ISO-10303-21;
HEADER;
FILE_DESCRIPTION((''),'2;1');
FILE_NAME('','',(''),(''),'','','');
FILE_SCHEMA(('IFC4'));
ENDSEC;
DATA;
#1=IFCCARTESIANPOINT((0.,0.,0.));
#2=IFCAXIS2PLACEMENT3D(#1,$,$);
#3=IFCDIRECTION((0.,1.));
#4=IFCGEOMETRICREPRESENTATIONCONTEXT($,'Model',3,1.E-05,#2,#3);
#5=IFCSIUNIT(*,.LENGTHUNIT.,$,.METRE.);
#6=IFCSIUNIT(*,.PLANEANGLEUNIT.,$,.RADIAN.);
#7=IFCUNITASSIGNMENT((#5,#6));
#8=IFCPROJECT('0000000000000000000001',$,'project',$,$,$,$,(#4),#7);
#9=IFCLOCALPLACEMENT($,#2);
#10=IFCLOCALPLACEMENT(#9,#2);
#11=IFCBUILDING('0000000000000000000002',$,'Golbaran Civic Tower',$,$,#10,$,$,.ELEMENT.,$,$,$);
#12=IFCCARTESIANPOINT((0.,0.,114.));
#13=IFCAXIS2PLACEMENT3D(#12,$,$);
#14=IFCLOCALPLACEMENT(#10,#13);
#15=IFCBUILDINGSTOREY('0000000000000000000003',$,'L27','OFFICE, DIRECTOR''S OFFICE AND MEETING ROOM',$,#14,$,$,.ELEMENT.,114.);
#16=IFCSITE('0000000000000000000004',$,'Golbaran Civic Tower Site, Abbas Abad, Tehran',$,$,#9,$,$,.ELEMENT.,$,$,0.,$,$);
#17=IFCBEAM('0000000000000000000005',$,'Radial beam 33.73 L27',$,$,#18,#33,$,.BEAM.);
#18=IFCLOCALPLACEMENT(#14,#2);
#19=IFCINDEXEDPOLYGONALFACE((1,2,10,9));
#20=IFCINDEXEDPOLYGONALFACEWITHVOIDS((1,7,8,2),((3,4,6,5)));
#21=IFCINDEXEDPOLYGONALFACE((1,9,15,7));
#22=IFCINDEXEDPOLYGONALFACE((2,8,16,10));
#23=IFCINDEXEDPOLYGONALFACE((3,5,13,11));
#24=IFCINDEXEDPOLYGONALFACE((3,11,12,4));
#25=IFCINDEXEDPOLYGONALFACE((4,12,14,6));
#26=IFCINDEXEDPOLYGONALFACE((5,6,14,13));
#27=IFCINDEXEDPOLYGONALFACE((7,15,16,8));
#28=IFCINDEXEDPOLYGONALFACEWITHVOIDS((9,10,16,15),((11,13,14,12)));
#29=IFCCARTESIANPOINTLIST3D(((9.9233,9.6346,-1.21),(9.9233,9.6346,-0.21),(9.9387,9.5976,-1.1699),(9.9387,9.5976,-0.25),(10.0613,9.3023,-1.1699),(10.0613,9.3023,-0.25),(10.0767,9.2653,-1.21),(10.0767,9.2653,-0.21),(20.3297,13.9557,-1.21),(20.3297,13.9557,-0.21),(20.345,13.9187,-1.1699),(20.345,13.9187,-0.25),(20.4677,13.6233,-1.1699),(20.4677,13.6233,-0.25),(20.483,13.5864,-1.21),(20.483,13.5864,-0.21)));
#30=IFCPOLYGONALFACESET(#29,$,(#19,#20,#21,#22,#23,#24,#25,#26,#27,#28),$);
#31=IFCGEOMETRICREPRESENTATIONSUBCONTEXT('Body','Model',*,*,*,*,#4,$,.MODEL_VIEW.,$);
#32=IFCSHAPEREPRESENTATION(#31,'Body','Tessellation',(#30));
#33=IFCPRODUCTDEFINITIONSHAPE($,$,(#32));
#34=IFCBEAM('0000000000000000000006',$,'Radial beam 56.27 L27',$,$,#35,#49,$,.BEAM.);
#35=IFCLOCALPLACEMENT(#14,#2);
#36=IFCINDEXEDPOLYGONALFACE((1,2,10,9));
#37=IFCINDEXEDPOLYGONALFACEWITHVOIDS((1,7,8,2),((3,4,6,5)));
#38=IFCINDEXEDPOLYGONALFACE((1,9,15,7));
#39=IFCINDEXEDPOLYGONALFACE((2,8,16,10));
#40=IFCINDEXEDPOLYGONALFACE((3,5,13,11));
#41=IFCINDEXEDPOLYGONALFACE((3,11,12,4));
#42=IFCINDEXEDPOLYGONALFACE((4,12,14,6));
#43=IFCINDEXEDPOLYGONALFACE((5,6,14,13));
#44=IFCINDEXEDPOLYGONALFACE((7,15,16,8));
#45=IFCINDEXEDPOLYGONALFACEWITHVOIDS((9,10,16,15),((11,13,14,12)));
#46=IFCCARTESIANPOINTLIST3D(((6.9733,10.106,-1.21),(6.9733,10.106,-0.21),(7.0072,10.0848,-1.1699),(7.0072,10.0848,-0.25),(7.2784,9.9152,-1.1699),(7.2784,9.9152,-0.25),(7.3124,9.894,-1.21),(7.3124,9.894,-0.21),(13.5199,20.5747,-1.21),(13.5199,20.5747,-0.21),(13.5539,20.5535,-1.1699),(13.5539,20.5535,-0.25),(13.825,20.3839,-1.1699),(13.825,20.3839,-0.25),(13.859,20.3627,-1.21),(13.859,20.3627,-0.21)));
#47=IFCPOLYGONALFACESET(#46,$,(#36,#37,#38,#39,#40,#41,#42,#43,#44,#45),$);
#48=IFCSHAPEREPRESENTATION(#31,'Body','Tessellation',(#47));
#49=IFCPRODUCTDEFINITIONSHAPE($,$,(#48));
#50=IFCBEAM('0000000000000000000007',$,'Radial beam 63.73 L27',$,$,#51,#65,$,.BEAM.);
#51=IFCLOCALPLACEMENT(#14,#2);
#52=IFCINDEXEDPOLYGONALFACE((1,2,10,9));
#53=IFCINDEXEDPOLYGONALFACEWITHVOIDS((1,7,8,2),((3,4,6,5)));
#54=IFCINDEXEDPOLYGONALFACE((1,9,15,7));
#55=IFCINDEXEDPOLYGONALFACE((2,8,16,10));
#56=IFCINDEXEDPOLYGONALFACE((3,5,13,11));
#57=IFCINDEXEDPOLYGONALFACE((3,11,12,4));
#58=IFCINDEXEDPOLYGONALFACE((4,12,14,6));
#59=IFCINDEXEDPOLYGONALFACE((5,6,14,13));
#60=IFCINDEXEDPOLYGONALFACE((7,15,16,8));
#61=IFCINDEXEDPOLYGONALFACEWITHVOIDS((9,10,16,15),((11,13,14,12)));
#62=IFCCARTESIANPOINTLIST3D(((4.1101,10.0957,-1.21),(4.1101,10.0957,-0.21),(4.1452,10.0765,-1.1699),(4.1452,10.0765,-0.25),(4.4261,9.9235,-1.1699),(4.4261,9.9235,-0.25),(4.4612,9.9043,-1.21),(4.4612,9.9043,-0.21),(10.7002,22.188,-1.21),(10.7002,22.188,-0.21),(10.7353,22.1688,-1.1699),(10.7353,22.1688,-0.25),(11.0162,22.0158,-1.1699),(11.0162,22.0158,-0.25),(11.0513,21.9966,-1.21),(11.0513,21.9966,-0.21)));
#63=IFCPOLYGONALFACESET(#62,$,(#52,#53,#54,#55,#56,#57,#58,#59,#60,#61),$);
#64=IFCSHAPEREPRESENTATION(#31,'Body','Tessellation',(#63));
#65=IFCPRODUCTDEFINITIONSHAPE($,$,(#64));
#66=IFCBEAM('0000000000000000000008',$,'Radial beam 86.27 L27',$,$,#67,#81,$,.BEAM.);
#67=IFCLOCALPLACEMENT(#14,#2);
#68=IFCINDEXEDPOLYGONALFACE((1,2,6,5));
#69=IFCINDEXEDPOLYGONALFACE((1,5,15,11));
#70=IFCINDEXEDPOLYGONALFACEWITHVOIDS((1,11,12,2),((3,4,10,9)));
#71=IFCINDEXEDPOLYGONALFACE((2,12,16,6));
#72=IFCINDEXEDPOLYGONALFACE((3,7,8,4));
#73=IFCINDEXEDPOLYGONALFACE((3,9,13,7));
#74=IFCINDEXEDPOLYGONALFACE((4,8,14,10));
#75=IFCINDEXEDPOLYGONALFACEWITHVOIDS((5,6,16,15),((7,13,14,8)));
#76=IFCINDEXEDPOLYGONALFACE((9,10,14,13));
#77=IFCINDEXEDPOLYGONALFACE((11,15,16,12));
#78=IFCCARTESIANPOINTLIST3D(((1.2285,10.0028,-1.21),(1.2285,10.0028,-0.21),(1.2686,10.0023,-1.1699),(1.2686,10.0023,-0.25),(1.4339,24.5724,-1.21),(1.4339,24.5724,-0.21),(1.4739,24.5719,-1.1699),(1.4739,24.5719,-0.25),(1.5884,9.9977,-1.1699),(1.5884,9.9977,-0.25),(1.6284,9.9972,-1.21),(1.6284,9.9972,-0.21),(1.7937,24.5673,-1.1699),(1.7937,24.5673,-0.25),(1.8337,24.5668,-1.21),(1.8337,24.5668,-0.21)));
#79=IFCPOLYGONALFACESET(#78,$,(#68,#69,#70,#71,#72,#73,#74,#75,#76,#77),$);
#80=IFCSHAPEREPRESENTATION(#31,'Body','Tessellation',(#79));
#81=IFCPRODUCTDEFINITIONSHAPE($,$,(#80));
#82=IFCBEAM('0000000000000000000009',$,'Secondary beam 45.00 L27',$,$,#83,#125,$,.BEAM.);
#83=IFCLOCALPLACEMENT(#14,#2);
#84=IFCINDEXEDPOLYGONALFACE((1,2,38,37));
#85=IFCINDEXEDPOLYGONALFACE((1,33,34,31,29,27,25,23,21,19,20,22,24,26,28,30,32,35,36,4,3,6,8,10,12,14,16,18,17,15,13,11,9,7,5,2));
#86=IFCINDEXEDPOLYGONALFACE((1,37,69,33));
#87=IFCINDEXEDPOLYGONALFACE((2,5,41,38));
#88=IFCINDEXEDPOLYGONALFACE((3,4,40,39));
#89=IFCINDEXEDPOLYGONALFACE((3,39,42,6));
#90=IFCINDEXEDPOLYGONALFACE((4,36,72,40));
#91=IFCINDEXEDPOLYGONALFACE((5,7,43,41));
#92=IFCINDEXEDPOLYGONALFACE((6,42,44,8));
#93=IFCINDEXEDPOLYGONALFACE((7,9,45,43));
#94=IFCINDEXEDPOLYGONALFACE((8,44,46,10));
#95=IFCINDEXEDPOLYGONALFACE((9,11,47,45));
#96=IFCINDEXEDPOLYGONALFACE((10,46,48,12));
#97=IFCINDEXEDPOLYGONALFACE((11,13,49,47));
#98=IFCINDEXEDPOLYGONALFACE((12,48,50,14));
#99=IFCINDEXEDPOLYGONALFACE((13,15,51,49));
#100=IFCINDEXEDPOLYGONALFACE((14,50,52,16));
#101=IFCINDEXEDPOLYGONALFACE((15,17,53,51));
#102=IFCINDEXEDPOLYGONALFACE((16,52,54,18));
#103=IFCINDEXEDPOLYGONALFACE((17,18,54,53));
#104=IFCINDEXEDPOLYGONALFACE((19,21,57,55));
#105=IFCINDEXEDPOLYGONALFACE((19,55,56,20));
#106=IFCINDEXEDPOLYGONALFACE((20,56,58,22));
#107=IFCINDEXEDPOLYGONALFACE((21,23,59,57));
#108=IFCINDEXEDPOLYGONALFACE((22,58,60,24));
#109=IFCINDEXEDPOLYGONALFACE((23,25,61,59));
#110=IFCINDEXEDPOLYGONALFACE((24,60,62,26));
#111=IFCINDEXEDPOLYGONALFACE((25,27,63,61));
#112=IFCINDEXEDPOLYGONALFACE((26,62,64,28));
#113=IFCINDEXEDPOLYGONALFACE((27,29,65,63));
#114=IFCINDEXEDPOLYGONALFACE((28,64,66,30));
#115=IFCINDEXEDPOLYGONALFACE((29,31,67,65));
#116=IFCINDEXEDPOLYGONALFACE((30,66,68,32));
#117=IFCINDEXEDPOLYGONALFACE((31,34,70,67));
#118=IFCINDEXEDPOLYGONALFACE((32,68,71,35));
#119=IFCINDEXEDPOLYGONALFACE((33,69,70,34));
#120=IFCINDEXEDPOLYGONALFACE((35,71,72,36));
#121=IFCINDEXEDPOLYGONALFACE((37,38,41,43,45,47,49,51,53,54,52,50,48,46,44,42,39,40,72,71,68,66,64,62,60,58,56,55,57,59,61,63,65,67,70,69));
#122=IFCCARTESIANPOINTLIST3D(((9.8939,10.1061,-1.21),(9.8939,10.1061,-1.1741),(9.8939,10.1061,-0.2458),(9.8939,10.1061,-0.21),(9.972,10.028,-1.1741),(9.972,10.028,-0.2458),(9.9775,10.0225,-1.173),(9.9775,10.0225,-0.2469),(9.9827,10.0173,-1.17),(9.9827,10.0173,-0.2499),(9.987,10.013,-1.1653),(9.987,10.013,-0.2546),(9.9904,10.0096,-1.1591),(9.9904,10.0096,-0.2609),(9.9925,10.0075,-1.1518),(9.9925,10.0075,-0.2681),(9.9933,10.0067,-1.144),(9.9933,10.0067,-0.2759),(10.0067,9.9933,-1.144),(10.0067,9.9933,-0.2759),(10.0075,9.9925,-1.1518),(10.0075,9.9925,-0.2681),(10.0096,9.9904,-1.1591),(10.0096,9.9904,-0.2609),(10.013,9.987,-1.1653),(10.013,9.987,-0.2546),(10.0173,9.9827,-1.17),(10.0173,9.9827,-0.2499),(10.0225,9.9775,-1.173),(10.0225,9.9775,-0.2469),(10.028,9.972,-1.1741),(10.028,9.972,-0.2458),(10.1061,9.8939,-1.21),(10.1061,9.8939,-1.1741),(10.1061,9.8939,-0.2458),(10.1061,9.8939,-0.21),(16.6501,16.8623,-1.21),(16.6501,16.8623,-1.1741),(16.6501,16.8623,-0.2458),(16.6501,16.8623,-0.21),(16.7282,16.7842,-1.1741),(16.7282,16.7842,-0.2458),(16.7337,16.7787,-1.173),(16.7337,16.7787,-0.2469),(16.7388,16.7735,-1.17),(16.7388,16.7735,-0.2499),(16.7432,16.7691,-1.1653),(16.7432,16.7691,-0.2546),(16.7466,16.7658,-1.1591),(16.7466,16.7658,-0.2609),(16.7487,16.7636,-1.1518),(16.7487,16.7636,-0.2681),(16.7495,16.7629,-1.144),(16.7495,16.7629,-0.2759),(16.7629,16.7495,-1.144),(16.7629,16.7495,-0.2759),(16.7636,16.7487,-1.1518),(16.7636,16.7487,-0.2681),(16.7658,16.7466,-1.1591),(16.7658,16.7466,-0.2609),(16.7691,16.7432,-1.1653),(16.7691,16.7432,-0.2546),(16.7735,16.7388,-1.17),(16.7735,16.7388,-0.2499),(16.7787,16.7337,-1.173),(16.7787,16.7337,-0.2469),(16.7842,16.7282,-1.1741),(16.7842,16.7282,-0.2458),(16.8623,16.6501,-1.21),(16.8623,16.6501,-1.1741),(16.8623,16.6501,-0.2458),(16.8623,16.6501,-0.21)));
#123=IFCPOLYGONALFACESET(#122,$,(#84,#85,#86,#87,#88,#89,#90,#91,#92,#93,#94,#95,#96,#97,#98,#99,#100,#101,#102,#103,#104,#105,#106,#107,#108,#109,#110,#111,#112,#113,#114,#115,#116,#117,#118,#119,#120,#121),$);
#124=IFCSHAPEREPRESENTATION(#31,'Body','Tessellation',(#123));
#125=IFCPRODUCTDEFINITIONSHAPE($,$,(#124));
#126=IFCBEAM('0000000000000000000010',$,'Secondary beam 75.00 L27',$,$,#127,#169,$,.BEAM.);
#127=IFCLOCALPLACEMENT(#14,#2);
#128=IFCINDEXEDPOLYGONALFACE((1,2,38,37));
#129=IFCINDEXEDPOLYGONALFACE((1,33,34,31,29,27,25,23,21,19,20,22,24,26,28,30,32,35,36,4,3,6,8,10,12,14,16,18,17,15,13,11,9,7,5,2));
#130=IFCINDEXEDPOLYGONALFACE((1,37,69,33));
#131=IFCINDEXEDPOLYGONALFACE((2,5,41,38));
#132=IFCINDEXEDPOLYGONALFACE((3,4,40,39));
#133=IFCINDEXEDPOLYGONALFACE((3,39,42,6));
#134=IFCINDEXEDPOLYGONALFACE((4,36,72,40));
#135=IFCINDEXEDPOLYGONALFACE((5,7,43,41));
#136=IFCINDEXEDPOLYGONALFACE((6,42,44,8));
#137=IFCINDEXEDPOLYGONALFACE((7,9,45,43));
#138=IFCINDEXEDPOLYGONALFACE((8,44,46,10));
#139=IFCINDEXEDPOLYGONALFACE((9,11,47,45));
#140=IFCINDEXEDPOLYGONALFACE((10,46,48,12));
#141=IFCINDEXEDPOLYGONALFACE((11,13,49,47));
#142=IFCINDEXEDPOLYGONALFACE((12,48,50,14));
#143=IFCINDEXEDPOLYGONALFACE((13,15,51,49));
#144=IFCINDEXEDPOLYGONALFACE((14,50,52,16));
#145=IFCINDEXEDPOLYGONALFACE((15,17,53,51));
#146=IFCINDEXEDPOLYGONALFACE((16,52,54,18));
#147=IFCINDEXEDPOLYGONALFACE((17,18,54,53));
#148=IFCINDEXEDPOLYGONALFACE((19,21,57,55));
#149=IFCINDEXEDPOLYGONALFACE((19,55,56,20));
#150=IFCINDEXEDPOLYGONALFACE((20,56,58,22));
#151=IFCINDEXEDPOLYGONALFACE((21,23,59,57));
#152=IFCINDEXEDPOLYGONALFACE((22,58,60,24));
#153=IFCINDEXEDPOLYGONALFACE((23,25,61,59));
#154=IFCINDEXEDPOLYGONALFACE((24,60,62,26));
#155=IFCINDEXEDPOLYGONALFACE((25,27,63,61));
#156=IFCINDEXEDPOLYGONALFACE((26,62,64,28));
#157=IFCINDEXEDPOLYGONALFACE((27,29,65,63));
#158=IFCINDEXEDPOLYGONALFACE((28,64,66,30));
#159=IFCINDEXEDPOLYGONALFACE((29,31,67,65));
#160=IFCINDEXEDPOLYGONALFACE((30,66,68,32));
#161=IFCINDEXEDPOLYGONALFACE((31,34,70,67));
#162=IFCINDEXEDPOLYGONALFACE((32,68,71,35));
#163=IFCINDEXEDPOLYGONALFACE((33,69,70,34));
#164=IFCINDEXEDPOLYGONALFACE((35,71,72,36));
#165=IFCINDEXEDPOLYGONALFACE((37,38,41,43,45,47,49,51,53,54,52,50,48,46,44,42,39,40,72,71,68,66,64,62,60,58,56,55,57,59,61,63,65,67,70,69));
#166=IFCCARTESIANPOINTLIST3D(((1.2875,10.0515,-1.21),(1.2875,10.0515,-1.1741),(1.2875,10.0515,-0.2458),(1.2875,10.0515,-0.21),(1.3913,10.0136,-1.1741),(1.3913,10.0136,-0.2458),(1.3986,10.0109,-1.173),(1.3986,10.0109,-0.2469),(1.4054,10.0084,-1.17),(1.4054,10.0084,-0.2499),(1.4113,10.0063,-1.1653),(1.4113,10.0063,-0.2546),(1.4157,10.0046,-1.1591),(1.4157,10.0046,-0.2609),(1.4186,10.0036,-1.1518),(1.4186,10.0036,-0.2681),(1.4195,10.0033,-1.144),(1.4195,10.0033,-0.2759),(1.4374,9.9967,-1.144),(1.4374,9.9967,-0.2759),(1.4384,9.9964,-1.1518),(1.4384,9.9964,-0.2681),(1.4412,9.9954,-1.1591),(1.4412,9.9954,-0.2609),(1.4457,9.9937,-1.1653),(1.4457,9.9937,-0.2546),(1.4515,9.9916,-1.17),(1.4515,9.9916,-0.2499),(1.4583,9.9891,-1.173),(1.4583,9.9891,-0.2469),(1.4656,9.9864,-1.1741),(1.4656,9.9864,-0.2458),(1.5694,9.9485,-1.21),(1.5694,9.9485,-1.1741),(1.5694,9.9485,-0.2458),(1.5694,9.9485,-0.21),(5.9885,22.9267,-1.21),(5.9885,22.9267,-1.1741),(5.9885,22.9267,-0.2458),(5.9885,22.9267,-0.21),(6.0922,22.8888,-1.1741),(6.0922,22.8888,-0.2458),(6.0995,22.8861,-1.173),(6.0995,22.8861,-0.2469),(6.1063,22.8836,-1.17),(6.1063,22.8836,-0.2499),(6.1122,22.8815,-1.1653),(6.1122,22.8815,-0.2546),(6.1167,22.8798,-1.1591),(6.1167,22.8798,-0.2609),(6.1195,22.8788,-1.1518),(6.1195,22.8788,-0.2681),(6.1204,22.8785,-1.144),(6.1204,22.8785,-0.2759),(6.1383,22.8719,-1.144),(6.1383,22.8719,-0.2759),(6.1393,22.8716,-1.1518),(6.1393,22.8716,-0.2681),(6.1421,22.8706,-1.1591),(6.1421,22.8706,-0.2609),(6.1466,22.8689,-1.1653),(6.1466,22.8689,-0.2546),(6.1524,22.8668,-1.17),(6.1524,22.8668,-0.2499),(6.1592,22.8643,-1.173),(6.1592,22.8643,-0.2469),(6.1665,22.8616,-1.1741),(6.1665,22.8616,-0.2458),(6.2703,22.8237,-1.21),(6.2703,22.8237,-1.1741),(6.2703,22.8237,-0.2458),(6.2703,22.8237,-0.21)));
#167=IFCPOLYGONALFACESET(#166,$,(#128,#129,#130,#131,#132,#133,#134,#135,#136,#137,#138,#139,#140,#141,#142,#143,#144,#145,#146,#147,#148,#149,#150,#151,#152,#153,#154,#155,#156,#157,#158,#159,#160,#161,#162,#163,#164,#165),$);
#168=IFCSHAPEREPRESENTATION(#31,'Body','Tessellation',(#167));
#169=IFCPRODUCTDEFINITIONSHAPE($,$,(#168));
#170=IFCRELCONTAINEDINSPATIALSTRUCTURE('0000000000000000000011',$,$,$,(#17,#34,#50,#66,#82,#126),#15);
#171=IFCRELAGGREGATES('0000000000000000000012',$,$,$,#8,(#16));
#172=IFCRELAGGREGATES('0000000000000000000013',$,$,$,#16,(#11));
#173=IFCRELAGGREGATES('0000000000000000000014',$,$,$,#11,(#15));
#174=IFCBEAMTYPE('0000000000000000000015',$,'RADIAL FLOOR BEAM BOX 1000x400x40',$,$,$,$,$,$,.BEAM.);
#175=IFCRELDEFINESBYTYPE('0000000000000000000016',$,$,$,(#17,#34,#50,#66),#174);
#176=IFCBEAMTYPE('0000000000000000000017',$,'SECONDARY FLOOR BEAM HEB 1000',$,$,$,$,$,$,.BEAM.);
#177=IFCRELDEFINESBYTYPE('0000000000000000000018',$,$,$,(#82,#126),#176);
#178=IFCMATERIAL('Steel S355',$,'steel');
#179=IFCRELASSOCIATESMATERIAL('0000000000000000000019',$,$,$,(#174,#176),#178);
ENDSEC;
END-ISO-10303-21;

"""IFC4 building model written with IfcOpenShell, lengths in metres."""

from ifc_helpers import new_model, si_unit, direction, frame, origin, origin_2d, place, context, subcontext, project, spatial, hollow_rectangle, i_section, extrude, material, material_profile, profile_set, type_object, element, save


model = new_model("IFC4")

# Units and contexts
model_context = context("Model", 3, precision=1e-05, world=origin(), true_north=direction((0.0, 1.0)))
body_context = subcontext(model_context, "Body", "Model", "MODEL_VIEW")
ifc_project = project(units=[si_unit("LENGTHUNIT", "METRE"), si_unit("PLANEANGLEUNIT", "RADIAN")], contexts=[model_context])

# Site, building, storey
site_placement = place(None, origin())
site = spatial("IfcSite", under=ifc_project, at=site_placement, Name="Golbaran Civic Tower Site, Abbas Abad, Tehran", CompositionType="ELEMENT", RefElevation=0.0)
building_placement = place(site_placement, origin())
building = spatial("IfcBuilding", under=site, at=building_placement, Name="Golbaran Civic Tower", CompositionType="ELEMENT")
storey_placement = place(building_placement, frame((0.0, 0.0, 114.0)))
storey = spatial("IfcBuildingStorey", under=building, at=storey_placement, Name="L27", Description="OFFICE, DIRECTOR'S OFFICE AND MEETING ROOM", CompositionType="ELEMENT", Elevation=114.0)

# Beams
ifc_material_1 = material(Name="Steel S355", Category="steel")
ifc_material_profile_1 = material_profile(ifc_material_1, hollow_rectangle(XDim=0.3999, YDim=1.0, WallThickness=0.04, at=origin_2d()), Name="BOX 1000x400x40")
ifc_profile_set_1 = profile_set([ifc_material_profile_1], Name="Steel S355")
beam_type_1 = type_object("IfcBeamType", Name="RADIAL FLOOR BEAM BOX 1000x400x40", PredefinedType="BEAM", material=ifc_profile_set_1)
beam_1_placement = place(storey_placement, frame((10.0, 9.45, -0.71), z_axis=(0.923545, 0.383489, 0.0), x_axis=(-0.383489, 0.923545, 0.0)))
element("IfcBeam", 1, at=beam_1_placement, inside=storey, type_object=beam_type_1, Name="Radial beam 33.73 L27", PredefinedType="BEAM", context=body_context, shape_type="SweptSolid", body=[
    extrude(hollow_rectangle(XDim=0.3999, YDim=1.0, WallThickness=0.04, at=origin_2d()), origin(), (0.0, 0.0, 1.0), 11.2678),
])
beam_2_placement = place(storey_placement, frame((7.1428, 10.0, -0.71), z_axis=(0.530212, 0.847865, 0.0), x_axis=(-0.847865, 0.530212, 0.0)))
element("IfcBeam", 2, at=beam_2_placement, inside=storey, type_object=beam_type_1, Name="Radial beam 56.27 L27", PredefinedType="BEAM", context=body_context, shape_type="SweptSolid", body=[
    extrude(hollow_rectangle(XDim=0.3999, YDim=1.0, WallThickness=0.04, at=origin_2d()), origin(), (0.0, 0.0, 1.0), 12.3472),
])
beam_3_placement = place(storey_placement, frame((4.2856, 10.0, -0.71), z_axis=(0.478533, 0.87807, 0.0), x_axis=(-0.87807, 0.478533, 0.0)))
element("IfcBeam", 3, at=beam_3_placement, inside=storey, type_object=beam_type_1, Name="Radial beam 63.73 L27", PredefinedType="BEAM", context=body_context, shape_type="SweptSolid", body=[
    extrude(hollow_rectangle(XDim=0.3999, YDim=1.0, WallThickness=0.04, at=origin_2d()), origin(), (0.0, 0.0, 1.0), 13.7715),
])
beam_4_placement = place(storey_placement, frame((1.4285, 10.0, -0.71), z_axis=(0.014091, 0.999901, 0.0), x_axis=(-0.999901, 0.014091, 0.0)))
element("IfcBeam", 4, at=beam_4_placement, inside=storey, type_object=beam_type_1, Name="Radial beam 86.27 L27", PredefinedType="BEAM", context=body_context, shape_type="SweptSolid", body=[
    extrude(hollow_rectangle(XDim=0.3999, YDim=1.0, WallThickness=0.04, at=origin_2d()), origin(), (0.0, 0.0, 1.0), 14.571),
])
ifc_material_profile_2 = material_profile(ifc_material_1, i_section(OverallWidth=0.3, OverallDepth=1.0, WebThickness=0.019, FlangeThickness=0.0359, FilletRadius=0.03, at=origin_2d()), Name="HEB 1000")
ifc_profile_set_2 = profile_set([ifc_material_profile_2], Name="Steel S355")
beam_type_2 = type_object("IfcBeamType", Name="SECONDARY FLOOR BEAM HEB 1000", PredefinedType="BEAM", material=ifc_profile_set_2)
beam_5_placement = place(storey_placement, frame((10.0, 10.0, -0.71), z_axis=(0.707107, 0.707107, 0.0), x_axis=(-0.707107, 0.707107, 0.0)))
element("IfcBeam", 5, at=beam_5_placement, inside=storey, type_object=beam_type_2, Name="Secondary beam 45.00 L27", PredefinedType="BEAM", context=body_context, shape_type="SweptSolid", body=[
    extrude(i_section(OverallWidth=0.3, OverallDepth=1.0, WebThickness=0.019, FlangeThickness=0.0359, FilletRadius=0.03, at=origin_2d()), origin(), (0.0, 0.0, 1.0), 9.5547),
])
beam_6_placement = place(storey_placement, frame((1.4285, 10.0, -0.71), z_axis=(0.342968, 0.939347, 0.0), x_axis=(-0.939347, 0.342968, 0.0)))
element("IfcBeam", 6, at=beam_6_placement, inside=storey, type_object=beam_type_2, Name="Secondary beam 75.00 L27", PredefinedType="BEAM", context=body_context, shape_type="SweptSolid", body=[
    extrude(i_section(OverallWidth=0.3, OverallDepth=1.0, WebThickness=0.019, FlangeThickness=0.0359, FilletRadius=0.03, at=origin_2d()), origin(), (0.0, 0.0, 1.0), 13.7065),
])

save(model, "model.ifc")
